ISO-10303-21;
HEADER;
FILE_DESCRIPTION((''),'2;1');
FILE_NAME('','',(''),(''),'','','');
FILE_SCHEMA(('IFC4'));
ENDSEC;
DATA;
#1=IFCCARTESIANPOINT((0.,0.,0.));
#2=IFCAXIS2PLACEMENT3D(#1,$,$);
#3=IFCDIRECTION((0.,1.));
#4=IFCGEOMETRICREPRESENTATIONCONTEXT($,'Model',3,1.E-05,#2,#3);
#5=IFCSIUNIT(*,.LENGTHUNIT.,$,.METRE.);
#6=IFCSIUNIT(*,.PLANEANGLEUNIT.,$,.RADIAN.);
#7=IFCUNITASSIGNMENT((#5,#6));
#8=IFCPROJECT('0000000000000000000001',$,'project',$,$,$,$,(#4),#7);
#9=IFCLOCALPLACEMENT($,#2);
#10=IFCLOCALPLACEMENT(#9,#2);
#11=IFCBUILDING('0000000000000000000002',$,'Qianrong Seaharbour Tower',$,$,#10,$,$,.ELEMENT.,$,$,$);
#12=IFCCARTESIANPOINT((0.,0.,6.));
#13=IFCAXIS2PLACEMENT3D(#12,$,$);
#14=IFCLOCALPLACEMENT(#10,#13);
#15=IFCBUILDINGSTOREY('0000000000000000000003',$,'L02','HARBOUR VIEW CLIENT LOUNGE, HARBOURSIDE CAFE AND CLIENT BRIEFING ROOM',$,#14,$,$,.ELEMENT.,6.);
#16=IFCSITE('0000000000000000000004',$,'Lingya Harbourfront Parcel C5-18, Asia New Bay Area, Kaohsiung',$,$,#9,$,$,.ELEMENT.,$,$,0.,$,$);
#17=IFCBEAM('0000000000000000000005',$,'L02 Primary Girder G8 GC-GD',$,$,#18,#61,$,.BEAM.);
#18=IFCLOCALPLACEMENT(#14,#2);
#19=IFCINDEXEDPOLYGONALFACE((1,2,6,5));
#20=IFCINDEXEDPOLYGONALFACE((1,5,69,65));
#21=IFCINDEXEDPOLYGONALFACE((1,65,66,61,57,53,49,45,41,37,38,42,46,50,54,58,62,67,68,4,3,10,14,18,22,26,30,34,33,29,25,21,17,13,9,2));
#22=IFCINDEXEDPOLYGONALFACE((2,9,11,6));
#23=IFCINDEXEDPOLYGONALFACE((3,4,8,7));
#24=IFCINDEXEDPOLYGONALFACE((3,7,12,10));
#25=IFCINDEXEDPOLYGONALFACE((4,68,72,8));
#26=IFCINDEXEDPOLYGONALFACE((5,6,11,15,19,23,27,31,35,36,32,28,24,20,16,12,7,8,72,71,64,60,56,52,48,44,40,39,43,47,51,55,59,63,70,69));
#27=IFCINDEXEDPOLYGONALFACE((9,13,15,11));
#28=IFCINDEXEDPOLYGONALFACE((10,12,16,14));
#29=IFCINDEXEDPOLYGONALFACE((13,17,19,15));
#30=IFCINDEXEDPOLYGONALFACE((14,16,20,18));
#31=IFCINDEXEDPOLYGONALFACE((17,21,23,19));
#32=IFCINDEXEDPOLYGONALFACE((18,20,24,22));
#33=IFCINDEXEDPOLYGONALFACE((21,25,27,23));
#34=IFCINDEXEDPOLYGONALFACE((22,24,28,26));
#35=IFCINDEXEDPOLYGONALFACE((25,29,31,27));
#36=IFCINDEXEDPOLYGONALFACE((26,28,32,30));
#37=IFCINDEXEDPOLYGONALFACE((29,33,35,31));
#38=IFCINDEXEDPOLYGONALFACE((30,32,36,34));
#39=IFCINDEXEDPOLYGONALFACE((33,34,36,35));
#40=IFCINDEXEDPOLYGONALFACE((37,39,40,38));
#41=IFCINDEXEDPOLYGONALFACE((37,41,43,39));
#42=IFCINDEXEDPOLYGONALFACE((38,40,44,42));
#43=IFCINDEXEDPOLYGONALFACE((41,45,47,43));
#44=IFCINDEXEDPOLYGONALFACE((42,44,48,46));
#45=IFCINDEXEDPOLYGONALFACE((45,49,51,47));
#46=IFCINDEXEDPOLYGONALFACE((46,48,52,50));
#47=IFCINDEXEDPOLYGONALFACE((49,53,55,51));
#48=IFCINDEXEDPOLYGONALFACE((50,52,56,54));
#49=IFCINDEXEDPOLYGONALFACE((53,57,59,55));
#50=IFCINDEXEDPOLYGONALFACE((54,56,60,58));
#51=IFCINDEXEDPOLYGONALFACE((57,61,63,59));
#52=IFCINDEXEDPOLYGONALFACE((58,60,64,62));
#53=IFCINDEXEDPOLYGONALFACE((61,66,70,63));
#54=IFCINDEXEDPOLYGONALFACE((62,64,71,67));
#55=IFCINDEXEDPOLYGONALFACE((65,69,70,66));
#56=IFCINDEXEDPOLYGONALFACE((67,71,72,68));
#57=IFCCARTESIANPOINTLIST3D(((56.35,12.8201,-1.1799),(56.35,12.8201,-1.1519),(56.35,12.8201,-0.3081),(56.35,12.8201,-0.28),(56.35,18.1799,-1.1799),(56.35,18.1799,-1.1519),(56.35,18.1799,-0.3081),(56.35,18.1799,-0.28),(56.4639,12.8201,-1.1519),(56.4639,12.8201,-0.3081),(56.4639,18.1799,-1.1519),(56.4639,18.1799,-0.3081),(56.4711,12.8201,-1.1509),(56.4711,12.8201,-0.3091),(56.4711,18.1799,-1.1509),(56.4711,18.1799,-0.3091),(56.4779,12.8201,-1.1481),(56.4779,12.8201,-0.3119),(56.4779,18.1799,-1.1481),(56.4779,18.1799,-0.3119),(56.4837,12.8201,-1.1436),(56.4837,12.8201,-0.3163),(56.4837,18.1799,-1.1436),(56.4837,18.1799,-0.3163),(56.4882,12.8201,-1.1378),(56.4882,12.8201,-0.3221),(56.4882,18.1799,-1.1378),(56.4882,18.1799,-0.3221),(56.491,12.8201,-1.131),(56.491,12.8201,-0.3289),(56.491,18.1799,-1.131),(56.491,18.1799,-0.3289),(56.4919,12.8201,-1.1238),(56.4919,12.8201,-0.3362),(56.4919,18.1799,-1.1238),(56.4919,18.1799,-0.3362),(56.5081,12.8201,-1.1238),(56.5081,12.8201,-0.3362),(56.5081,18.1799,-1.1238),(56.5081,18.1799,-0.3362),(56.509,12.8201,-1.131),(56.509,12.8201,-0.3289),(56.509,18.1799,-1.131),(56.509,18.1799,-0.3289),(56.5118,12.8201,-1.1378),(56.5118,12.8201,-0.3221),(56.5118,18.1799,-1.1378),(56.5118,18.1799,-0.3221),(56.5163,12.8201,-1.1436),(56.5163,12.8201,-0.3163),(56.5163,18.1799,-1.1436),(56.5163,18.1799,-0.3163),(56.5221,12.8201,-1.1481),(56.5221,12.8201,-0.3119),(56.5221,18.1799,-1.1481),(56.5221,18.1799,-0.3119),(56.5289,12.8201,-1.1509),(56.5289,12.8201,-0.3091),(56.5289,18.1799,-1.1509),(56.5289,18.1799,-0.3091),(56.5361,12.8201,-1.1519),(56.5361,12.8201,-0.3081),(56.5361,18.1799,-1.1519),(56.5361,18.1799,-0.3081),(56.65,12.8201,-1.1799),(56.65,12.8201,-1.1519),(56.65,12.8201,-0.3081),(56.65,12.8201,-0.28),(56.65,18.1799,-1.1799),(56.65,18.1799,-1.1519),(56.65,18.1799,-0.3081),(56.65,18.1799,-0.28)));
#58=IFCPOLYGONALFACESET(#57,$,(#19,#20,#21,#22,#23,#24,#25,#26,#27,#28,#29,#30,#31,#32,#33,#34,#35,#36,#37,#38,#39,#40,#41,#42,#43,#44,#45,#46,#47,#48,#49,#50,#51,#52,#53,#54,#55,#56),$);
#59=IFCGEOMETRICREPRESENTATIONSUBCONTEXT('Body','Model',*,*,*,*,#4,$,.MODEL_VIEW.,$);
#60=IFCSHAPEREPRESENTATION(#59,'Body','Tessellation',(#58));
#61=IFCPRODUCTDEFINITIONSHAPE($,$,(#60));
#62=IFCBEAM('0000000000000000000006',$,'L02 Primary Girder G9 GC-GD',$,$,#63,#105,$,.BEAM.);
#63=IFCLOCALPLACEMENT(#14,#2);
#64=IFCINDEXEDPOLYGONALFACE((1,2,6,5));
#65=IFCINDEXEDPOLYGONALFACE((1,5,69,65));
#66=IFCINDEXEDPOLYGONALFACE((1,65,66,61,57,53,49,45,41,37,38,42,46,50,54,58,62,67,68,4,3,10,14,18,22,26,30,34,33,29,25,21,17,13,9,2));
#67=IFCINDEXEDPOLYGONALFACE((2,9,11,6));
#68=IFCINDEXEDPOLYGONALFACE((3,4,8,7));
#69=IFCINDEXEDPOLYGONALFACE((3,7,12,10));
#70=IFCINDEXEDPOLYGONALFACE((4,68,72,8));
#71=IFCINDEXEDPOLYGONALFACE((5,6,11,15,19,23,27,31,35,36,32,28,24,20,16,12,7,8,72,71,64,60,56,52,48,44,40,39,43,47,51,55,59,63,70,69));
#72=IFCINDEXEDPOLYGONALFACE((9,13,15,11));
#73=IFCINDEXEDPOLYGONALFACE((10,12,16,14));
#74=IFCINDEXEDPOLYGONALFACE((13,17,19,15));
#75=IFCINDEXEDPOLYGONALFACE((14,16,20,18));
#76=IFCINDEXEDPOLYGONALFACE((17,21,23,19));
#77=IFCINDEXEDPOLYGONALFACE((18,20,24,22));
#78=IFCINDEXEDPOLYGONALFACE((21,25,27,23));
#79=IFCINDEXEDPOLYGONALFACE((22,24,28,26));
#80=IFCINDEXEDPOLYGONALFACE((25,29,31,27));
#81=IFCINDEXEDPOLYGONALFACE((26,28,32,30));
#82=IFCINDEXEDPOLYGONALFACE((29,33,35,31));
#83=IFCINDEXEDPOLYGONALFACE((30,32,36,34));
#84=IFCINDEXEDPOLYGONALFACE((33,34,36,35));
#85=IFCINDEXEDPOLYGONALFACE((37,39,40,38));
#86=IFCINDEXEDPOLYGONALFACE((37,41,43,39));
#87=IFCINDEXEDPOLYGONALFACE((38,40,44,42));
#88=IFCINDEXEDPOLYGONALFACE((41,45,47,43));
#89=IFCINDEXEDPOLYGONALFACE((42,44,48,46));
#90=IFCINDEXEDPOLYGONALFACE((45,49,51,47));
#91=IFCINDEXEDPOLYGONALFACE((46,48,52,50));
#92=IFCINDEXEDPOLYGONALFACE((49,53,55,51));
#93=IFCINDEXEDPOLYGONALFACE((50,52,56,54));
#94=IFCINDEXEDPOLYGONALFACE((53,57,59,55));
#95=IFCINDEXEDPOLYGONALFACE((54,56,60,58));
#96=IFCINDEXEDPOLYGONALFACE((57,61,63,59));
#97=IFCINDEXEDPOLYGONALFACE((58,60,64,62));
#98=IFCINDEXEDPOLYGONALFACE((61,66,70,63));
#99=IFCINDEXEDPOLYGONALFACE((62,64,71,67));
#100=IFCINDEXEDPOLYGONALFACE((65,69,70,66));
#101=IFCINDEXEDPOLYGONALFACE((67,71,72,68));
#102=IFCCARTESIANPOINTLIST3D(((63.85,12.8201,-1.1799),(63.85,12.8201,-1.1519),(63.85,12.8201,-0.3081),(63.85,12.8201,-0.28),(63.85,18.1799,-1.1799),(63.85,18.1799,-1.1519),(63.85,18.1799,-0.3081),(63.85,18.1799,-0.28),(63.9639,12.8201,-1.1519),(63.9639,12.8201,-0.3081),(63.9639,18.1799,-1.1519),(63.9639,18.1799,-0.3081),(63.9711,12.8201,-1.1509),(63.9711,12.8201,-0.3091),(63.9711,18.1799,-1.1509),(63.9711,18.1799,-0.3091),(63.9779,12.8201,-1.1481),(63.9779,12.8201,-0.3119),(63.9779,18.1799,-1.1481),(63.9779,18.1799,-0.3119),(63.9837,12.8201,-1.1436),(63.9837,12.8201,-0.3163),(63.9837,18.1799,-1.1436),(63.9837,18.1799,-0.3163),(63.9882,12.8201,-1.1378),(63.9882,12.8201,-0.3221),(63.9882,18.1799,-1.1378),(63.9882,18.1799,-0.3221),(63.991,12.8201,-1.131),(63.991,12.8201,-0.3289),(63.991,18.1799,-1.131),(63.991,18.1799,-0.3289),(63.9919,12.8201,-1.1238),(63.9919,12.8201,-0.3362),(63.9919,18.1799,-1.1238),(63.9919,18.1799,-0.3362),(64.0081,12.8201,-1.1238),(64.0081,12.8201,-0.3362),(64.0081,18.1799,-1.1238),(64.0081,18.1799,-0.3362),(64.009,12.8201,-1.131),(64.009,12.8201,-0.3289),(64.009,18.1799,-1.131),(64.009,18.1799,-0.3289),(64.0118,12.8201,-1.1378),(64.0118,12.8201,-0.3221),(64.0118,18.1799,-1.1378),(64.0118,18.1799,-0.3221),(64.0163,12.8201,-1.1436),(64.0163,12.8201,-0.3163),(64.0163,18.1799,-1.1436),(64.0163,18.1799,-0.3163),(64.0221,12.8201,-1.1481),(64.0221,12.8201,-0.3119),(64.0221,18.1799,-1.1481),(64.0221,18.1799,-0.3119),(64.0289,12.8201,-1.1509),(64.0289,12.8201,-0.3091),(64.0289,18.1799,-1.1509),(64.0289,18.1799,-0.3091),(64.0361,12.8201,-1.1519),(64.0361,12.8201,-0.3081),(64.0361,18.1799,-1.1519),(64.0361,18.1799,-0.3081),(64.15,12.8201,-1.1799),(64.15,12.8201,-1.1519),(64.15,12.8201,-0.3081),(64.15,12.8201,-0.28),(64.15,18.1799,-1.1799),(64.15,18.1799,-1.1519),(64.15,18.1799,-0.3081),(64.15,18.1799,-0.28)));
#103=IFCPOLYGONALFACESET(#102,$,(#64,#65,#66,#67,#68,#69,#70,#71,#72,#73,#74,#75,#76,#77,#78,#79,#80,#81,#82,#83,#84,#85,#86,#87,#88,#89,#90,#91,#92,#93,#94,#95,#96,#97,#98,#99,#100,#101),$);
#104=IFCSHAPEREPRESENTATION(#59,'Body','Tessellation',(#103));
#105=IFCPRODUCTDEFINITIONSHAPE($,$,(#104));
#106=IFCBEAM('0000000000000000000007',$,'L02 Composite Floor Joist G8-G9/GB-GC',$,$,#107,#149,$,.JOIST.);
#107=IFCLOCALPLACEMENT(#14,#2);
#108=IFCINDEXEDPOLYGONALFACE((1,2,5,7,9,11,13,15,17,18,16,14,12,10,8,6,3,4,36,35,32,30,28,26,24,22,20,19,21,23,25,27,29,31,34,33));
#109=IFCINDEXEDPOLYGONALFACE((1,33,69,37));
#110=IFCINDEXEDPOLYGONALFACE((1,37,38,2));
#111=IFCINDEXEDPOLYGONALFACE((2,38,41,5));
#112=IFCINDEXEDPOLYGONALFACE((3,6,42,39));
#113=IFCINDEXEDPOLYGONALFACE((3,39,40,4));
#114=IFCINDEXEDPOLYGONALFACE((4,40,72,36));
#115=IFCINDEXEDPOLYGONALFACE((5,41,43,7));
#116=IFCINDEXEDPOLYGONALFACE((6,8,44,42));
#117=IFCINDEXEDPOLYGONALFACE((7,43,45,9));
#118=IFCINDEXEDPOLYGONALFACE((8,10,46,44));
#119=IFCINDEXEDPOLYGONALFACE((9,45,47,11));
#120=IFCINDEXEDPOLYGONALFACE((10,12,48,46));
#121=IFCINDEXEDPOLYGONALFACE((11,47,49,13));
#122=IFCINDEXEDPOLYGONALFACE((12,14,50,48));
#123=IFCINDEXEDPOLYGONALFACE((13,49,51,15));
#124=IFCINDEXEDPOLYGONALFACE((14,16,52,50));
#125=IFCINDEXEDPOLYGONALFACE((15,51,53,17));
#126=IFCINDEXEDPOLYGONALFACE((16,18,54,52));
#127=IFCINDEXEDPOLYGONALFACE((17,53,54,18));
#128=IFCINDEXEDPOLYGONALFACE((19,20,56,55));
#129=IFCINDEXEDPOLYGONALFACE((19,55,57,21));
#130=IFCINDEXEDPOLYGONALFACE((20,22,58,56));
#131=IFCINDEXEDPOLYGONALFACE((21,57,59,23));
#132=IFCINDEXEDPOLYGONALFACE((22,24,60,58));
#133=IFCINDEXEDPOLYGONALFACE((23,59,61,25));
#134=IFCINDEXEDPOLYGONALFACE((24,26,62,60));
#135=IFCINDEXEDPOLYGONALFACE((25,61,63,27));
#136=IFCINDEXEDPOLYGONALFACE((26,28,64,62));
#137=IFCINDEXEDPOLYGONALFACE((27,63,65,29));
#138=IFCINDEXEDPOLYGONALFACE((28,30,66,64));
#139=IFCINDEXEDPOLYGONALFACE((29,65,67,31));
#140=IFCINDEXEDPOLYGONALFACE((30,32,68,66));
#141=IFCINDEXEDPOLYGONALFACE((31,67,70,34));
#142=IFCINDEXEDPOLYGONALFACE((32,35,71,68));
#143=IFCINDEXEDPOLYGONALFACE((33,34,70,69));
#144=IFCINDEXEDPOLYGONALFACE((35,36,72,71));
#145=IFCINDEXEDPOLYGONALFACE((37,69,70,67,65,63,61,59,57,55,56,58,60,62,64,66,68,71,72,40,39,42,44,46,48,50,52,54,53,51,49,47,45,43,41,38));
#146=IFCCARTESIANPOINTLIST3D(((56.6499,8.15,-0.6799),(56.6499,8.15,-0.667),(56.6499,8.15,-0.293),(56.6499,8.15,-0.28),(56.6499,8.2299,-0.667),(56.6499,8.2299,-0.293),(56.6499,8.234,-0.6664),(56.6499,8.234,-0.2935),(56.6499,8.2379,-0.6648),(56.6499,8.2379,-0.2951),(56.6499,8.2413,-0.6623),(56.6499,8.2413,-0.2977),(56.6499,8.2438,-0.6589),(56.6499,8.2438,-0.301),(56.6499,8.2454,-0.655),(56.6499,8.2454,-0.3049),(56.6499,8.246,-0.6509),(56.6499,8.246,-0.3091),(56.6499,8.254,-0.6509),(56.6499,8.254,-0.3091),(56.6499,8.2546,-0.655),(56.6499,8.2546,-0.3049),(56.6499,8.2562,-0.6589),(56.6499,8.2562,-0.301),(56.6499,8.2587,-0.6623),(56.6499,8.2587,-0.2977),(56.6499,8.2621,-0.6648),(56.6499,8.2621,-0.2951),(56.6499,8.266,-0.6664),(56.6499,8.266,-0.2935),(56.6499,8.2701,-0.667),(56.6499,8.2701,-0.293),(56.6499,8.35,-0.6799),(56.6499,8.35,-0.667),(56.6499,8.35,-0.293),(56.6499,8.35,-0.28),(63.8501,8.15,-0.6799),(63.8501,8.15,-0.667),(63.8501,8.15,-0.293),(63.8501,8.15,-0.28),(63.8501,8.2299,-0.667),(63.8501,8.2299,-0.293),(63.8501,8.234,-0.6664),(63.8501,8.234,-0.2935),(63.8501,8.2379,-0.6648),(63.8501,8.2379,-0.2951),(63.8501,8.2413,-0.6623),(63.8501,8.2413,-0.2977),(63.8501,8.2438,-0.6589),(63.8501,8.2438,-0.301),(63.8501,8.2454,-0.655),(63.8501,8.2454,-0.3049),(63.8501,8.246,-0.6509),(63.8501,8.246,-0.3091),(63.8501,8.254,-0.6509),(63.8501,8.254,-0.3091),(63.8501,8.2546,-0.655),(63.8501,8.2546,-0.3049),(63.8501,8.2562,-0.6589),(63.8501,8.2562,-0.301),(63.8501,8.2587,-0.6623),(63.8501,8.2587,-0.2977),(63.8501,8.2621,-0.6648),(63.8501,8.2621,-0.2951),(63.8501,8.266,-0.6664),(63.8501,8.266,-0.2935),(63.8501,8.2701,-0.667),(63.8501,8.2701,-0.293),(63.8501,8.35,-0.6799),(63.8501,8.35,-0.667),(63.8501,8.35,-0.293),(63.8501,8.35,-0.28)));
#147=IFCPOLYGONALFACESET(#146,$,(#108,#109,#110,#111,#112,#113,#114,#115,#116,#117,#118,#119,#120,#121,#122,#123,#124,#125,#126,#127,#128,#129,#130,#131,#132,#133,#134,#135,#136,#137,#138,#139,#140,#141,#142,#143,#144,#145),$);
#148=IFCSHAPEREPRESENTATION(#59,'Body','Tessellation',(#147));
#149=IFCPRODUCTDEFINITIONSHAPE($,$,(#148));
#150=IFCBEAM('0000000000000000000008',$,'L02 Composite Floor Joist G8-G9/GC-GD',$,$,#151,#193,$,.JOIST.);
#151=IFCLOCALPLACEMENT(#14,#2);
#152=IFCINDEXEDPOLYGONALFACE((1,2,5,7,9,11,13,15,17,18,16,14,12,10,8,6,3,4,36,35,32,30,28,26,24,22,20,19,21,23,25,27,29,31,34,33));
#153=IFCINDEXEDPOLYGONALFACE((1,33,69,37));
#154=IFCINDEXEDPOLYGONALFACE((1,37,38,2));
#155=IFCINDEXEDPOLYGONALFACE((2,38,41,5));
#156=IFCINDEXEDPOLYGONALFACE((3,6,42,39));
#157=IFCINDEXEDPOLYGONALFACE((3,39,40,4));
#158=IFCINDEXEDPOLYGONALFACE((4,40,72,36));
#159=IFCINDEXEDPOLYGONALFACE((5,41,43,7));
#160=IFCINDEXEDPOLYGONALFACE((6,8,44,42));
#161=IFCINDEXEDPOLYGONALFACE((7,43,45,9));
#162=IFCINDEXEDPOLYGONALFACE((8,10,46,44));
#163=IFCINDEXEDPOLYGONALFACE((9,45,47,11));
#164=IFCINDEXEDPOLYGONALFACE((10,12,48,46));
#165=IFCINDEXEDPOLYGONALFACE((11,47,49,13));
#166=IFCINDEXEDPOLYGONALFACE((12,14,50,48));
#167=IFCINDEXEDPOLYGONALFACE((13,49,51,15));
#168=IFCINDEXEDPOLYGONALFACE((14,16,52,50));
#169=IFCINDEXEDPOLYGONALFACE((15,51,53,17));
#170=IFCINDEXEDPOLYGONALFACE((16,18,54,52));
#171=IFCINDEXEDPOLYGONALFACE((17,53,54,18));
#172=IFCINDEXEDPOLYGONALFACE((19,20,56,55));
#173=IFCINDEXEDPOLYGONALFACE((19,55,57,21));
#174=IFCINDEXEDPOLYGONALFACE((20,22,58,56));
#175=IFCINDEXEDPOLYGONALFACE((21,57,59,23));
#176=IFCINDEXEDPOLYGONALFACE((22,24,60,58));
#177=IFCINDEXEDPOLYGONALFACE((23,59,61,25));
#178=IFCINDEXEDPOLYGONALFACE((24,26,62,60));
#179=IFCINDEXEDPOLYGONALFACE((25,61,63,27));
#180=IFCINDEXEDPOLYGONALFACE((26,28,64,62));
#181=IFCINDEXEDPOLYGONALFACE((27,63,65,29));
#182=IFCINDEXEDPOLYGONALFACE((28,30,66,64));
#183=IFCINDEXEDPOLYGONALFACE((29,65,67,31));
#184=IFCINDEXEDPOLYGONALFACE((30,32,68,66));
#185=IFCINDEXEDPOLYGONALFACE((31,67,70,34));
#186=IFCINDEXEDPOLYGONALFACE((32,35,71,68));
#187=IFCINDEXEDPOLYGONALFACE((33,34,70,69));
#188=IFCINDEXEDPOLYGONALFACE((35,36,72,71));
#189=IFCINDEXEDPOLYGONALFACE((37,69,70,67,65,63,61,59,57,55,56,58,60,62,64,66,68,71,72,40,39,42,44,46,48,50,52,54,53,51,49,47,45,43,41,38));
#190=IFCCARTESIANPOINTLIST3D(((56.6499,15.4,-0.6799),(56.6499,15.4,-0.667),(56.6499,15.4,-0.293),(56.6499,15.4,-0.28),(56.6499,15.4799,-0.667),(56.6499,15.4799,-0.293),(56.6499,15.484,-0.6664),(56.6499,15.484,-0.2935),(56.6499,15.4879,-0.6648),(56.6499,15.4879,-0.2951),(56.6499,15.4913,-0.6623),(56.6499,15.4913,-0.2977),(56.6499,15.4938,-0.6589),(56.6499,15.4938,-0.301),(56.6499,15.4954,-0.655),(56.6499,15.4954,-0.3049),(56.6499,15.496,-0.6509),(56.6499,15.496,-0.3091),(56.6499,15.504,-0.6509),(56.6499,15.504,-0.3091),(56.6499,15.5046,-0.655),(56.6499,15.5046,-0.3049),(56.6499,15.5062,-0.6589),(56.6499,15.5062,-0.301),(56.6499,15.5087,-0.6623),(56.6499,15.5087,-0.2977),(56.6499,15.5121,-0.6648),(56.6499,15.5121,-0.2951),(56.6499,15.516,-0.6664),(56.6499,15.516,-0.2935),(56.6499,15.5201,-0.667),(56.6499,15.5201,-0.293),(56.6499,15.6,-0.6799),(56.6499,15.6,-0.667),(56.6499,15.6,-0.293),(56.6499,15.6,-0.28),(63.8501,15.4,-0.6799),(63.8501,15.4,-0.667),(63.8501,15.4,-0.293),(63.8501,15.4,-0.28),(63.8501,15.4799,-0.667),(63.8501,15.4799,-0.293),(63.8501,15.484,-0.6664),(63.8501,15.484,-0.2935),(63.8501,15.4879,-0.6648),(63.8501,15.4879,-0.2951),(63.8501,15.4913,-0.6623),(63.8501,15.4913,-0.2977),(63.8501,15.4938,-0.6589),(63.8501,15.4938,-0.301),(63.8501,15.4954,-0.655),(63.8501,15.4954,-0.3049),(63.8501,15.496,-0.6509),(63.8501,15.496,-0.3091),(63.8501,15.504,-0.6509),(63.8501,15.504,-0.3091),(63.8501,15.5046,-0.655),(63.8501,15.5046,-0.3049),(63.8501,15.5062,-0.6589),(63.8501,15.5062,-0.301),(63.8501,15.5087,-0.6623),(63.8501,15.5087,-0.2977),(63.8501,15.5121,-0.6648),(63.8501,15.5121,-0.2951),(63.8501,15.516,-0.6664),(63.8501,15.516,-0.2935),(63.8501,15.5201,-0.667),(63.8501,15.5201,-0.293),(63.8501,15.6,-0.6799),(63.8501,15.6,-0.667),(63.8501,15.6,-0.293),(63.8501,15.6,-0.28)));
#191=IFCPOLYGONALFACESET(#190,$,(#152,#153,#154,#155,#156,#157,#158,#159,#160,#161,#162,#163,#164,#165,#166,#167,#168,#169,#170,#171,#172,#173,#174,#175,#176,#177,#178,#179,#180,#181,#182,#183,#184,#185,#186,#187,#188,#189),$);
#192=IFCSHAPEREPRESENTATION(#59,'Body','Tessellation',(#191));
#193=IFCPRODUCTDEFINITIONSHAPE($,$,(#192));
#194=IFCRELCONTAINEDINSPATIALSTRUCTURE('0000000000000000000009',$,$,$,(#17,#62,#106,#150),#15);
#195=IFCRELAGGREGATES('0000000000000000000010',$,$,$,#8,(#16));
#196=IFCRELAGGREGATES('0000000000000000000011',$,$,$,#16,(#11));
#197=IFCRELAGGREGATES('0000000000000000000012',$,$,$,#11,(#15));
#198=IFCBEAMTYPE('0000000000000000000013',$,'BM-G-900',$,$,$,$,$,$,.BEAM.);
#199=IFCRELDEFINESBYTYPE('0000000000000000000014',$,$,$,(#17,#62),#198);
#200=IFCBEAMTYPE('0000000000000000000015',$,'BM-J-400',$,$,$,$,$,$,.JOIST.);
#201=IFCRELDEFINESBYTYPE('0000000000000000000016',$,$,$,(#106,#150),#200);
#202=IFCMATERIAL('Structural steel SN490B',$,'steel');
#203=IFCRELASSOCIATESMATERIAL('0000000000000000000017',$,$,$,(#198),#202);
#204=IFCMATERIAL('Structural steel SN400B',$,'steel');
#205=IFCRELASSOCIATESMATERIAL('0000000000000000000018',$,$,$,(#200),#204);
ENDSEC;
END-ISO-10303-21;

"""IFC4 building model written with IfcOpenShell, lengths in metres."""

from ifc_helpers import new_model, si_unit, direction, frame, origin, origin_2d, place, context, subcontext, project, spatial, i_section, extrude, material, material_profile, profile_set, type_object, element, save


model = new_model("IFC4")

# Units and contexts
model_context = context("Model", 3, precision=1e-05, world=origin(), true_north=direction((0.0, 1.0)))
body_context = subcontext(model_context, "Body", "Model", "MODEL_VIEW")
ifc_project = project(units=[si_unit("LENGTHUNIT", "METRE"), si_unit("PLANEANGLEUNIT", "RADIAN")], contexts=[model_context])

# Site, building, storey
site_placement = place(None, origin())
site = spatial("IfcSite", under=ifc_project, at=site_placement, Name="Lingya Harbourfront Parcel C5-18, Asia New Bay Area, Kaohsiung", CompositionType="ELEMENT", RefElevation=0.0)
building_placement = place(site_placement, origin())
building = spatial("IfcBuilding", under=site, at=building_placement, Name="Qianrong Seaharbour Tower", CompositionType="ELEMENT")
storey_placement = place(building_placement, frame((0.0, 0.0, 6.0)))
storey = spatial("IfcBuildingStorey", under=building, at=storey_placement, Name="L02", Description="HARBOUR VIEW CLIENT LOUNGE, HARBOURSIDE CAFE AND CLIENT BRIEFING ROOM", CompositionType="ELEMENT", Elevation=6.0)

# Shared definitions
ifc_material_1 = material(Name="Structural steel SN490B", Category="steel")

# Beams
ifc_material_profile_1 = material_profile(ifc_material_1, i_section(OverallWidth=0.3, OverallDepth=0.8999, WebThickness=0.0161, FlangeThickness=0.0281, FilletRadius=0.0281, at=origin_2d()), Name="H900x300x16x28")
ifc_profile_set_1 = profile_set([ifc_material_profile_1], Name="Structural steel SN490B")
beam_type_1 = type_object("IfcBeamType", Name="BM-G-900", PredefinedType="BEAM", material=ifc_profile_set_1)
for number, where, z_axis, x_axis, name in (
    (1, (56.5, 12.8201, -0.73), (0.0, 1.0, 0.0), (-1.0, 0.0, 0.0), "L02 Primary Girder G8 GC-GD"),
    (2, (64.0, 12.8201, -0.73), (0.0, 1.0, 0.0), (-1.0, 0.0, 0.0), "L02 Primary Girder G9 GC-GD"),
):
    element("IfcBeam", number, at=place(storey_placement, frame(where, z_axis=z_axis, x_axis=x_axis)), inside=storey, type_object=beam_type_1, Name=name, PredefinedType="BEAM", context=body_context, shape_type="SweptSolid", body=[
        extrude(i_section(OverallWidth=0.3, OverallDepth=0.8999, WebThickness=0.0161, FlangeThickness=0.0281, FilletRadius=0.0281, at=origin_2d()), origin(), (0.0, 0.0, 1.0), 5.3599),
    ])
ifc_material_2 = material(Name="Structural steel SN400B", Category="steel")
ifc_material_profile_2 = material_profile(ifc_material_2, i_section(OverallWidth=0.2, OverallDepth=0.3999, WebThickness=0.0081, FlangeThickness=0.0129, FilletRadius=0.0161, at=origin_2d()), Name="H400x200x8x13")
ifc_profile_set_2 = profile_set([ifc_material_profile_2], Name="Structural steel SN400B")
beam_type_2 = type_object("IfcBeamType", Name="BM-J-400", PredefinedType="JOIST", material=ifc_profile_set_2)
for number, where, z_axis, x_axis, name in (
    (3, (56.6499, 8.25, -0.48), (1.0, 0.0, 0.0), (0.0, 1.0, 0.0), "L02 Composite Floor Joist G8-G9/GB-GC"),
    (4, (56.6499, 15.5, -0.48), (1.0, 0.0, 0.0), (0.0, 1.0, 0.0), "L02 Composite Floor Joist G8-G9/GC-GD"),
):
    element("IfcBeam", number, at=place(storey_placement, frame(where, z_axis=z_axis, x_axis=x_axis)), inside=storey, type_object=beam_type_2, Name=name, PredefinedType="JOIST", context=body_context, shape_type="SweptSolid", body=[
        extrude(i_section(OverallWidth=0.2, OverallDepth=0.3999, WebThickness=0.0081, FlangeThickness=0.0129, FilletRadius=0.0161, at=origin_2d()), origin(), (0.0, 0.0, 1.0), 7.2002),
    ])

save(model, "model.ifc")
